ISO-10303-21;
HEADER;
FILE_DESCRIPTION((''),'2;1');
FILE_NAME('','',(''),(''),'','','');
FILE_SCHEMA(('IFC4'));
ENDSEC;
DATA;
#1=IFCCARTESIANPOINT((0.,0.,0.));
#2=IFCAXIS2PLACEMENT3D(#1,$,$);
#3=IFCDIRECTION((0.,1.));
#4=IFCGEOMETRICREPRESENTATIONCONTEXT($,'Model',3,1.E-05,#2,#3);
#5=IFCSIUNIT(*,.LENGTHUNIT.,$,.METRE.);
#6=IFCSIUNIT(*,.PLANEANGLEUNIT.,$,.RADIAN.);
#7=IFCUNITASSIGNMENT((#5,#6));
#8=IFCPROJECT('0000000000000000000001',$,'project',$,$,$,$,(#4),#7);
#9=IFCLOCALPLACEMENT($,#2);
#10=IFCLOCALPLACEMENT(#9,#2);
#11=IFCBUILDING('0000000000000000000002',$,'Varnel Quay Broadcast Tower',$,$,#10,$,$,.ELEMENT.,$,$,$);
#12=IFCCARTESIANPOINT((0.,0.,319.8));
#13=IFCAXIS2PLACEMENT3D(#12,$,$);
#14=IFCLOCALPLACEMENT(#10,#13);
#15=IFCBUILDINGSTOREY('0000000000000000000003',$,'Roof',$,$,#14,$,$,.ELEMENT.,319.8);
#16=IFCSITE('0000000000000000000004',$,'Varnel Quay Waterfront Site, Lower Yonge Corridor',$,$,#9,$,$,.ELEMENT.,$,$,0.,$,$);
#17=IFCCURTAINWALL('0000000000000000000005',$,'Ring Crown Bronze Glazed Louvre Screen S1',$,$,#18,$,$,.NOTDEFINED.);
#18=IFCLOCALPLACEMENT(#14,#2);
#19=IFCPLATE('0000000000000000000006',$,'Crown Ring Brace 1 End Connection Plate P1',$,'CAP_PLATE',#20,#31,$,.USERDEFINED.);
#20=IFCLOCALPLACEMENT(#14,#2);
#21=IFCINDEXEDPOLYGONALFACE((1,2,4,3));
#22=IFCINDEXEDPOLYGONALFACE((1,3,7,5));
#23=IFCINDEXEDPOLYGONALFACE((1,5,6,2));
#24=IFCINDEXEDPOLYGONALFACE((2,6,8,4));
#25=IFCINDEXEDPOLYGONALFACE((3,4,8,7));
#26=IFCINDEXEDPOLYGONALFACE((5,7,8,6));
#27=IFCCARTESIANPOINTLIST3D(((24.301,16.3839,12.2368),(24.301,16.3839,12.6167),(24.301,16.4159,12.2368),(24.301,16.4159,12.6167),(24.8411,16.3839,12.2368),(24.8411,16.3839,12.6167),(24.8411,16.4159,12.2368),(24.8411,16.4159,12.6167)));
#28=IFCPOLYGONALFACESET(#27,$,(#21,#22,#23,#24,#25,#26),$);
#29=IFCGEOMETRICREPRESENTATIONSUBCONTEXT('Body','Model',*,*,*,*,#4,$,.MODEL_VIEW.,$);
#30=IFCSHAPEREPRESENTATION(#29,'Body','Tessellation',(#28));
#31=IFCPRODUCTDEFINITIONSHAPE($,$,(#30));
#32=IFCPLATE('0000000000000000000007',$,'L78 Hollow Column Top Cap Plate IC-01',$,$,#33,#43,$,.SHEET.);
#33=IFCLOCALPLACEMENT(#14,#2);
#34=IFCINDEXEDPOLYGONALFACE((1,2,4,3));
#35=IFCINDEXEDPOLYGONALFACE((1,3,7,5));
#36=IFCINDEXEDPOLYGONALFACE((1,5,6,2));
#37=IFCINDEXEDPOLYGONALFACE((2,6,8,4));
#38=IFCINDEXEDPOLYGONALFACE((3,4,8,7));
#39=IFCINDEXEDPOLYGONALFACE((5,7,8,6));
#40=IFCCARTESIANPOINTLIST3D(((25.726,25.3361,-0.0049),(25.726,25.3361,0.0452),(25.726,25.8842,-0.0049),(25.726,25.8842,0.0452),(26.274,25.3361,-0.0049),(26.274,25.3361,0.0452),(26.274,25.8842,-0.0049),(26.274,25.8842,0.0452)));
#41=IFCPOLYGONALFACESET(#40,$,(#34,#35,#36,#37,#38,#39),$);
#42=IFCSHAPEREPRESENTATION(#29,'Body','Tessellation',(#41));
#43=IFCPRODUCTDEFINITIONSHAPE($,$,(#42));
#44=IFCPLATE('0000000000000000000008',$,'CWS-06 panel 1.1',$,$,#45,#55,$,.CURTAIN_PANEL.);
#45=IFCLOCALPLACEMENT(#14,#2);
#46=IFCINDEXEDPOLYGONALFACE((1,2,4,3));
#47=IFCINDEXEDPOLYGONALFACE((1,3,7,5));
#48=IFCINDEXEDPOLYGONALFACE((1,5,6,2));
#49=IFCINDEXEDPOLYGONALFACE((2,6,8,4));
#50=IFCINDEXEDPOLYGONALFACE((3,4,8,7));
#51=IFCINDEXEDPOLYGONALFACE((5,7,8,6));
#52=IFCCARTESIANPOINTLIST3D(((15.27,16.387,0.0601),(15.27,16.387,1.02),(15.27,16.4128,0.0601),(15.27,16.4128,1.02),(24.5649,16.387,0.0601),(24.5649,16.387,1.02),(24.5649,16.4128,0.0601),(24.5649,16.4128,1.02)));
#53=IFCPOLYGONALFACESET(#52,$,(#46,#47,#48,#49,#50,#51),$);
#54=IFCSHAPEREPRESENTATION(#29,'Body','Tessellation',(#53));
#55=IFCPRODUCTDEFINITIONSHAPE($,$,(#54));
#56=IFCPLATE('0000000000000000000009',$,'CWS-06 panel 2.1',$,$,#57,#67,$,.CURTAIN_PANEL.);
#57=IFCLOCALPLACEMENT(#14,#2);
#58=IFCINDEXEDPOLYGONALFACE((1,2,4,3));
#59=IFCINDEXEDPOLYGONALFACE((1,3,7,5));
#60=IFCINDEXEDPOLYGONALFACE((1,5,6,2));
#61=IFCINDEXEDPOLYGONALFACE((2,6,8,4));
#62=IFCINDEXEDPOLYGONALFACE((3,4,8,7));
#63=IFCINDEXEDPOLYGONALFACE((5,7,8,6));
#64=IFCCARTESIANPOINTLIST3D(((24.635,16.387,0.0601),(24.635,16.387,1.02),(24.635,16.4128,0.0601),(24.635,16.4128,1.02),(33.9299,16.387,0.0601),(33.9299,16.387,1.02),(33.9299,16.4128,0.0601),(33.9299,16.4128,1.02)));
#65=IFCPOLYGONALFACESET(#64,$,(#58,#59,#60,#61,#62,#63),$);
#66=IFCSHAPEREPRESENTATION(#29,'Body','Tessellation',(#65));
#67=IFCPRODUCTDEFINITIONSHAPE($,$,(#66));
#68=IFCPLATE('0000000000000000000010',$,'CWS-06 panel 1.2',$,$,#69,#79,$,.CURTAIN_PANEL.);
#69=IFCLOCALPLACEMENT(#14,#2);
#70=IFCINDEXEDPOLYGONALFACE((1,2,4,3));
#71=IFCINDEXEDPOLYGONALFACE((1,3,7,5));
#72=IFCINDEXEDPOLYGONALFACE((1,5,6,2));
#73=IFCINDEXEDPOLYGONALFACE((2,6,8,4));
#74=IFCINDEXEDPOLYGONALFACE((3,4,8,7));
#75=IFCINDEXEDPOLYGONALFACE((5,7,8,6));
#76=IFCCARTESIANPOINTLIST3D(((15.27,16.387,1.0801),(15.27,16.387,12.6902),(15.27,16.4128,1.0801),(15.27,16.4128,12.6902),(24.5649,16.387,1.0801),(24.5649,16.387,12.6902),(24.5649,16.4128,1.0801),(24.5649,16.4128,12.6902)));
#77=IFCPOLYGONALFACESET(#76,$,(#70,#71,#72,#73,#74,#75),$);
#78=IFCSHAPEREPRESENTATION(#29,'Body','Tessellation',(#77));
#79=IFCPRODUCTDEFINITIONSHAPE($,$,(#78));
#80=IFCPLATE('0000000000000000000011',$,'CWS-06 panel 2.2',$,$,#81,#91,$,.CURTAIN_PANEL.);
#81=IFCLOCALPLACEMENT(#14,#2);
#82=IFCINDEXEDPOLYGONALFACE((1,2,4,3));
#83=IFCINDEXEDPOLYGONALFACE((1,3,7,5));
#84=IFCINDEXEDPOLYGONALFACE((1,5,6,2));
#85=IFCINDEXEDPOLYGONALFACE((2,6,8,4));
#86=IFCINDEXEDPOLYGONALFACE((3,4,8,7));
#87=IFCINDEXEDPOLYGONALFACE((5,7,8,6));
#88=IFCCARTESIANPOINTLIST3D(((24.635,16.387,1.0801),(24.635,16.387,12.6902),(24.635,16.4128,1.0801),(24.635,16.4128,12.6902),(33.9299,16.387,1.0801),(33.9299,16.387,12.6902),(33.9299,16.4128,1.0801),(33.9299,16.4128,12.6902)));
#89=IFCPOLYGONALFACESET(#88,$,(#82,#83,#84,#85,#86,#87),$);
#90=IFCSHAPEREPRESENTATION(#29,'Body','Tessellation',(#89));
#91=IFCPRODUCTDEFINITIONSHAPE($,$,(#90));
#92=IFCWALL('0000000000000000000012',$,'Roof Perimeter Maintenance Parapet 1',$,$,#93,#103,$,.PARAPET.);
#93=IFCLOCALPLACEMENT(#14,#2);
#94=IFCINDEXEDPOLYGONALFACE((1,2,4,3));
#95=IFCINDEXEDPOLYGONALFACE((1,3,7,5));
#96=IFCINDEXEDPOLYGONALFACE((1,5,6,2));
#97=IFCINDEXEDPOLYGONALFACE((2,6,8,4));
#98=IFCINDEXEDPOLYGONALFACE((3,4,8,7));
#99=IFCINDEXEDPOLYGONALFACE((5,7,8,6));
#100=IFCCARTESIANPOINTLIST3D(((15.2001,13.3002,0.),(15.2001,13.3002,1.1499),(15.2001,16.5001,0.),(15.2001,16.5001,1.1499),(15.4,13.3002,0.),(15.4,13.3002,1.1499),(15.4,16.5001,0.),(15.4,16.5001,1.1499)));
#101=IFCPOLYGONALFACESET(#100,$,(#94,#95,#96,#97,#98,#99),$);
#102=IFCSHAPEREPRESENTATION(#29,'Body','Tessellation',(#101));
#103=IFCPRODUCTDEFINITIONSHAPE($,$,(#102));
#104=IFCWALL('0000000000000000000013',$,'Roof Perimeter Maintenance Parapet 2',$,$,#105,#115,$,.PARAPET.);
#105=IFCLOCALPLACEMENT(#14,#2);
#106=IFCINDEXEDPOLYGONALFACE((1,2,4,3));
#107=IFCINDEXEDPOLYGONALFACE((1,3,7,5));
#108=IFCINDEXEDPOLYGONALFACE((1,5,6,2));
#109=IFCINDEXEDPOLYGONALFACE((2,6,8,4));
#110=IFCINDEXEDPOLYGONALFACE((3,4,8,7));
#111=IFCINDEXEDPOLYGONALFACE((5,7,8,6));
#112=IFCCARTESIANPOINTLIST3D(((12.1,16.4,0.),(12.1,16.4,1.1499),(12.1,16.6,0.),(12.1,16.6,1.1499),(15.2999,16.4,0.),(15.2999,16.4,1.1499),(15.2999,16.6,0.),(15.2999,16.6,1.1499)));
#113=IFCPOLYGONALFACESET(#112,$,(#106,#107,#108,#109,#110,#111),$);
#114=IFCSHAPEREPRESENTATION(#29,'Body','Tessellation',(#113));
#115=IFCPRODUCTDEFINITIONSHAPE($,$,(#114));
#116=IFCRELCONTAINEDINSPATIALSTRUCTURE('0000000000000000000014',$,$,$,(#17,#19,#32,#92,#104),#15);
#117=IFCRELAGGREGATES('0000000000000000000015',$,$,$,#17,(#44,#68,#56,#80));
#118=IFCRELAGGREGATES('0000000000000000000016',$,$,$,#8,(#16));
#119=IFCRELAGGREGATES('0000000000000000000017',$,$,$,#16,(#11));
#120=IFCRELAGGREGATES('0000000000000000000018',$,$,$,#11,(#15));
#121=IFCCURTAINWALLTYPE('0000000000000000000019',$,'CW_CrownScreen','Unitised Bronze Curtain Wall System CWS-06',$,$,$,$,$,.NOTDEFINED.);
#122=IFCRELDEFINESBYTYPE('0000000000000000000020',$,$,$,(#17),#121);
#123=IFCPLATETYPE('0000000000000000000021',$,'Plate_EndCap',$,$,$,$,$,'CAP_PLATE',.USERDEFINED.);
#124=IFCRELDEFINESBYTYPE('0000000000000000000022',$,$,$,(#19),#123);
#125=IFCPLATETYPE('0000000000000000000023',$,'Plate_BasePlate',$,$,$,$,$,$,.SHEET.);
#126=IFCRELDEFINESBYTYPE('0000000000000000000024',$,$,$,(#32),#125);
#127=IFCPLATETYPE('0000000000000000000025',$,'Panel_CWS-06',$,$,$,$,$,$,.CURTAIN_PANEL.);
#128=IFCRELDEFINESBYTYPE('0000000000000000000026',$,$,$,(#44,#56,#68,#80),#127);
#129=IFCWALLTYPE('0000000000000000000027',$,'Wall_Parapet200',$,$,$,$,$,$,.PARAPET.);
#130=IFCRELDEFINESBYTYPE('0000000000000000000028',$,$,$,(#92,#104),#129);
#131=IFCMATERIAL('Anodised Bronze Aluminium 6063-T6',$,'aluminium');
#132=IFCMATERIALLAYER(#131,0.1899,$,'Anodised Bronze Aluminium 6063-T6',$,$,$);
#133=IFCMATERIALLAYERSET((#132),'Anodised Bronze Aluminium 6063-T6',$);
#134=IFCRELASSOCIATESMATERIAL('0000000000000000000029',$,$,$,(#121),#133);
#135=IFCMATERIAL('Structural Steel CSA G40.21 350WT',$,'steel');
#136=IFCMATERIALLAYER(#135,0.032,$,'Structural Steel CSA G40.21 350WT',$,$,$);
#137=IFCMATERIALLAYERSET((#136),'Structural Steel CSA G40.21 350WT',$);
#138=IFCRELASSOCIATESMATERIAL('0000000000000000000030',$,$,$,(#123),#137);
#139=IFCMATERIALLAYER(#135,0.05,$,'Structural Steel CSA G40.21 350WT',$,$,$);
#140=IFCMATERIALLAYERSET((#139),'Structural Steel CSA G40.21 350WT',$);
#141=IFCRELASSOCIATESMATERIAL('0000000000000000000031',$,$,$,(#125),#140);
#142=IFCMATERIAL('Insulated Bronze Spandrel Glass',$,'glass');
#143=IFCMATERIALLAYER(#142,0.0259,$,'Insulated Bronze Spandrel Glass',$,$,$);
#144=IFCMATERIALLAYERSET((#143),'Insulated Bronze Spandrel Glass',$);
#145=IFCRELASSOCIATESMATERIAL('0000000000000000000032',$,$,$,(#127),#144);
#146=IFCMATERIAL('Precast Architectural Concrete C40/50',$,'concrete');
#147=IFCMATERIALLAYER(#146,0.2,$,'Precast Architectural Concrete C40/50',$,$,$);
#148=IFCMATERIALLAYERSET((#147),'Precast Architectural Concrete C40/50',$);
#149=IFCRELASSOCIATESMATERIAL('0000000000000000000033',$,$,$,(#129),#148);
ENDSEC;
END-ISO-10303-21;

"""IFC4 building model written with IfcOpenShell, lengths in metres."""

from ifc_helpers import new_model, si_unit, direction, frame, frame_2d, origin, origin_2d, place, context, subcontext, project, spatial, rectangle, extrude, source, transform, mapped, material, layer, layer_set, type_object, type_shapes, element, aggregate, save


model = new_model("IFC4")

# Units and contexts
model_context = context("Model", 3, precision=1e-05, world=origin(), true_north=direction((0.0, 1.0)))
body_context = subcontext(model_context, "Body", "Model", "MODEL_VIEW")
ifc_project = project(units=[si_unit("LENGTHUNIT", "METRE"), si_unit("PLANEANGLEUNIT", "RADIAN")], contexts=[model_context])

# Site, building, storey
site_placement = place(None, origin())
site = spatial("IfcSite", under=ifc_project, at=site_placement, Name="Varnel Quay Waterfront Site, Lower Yonge Corridor", CompositionType="ELEMENT", RefElevation=0.0)
building_placement = place(site_placement, origin())
building = spatial("IfcBuilding", under=site, at=building_placement, Name="Varnel Quay Broadcast Tower", CompositionType="ELEMENT")
storey_placement = place(building_placement, frame((0.0, 0.0, 319.8)))
storey = spatial("IfcBuildingStorey", under=building, at=storey_placement, Name="Roof", CompositionType="ELEMENT", Elevation=319.8)

# Shared definitions
ifc_material_1 = material(Name="Structural Steel CSA G40.21 350WT", Category="steel")

# Curtain wall
ifc_material_2 = material(Name="Anodised Bronze Aluminium 6063-T6", Category="aluminium")
ifc_layer_1 = layer(ifc_material_2, 0.1899, Name="Anodised Bronze Aluminium 6063-T6")
ifc_layer_set_1 = layer_set([ifc_layer_1], Name="Anodised Bronze Aluminium 6063-T6")
curtain_wall_type = type_object("IfcCurtainWallType", Name="CW_CrownScreen", Description="Unitised Bronze Curtain Wall System CWS-06", PredefinedType="NOTDEFINED", material=ifc_layer_set_1)
curtain_wall_placement = place(storey_placement, origin())
curtain_wall = element("IfcCurtainWall", 1, at=curtain_wall_placement, inside=storey, type_object=curtain_wall_type, Name="Ring Crown Bronze Glazed Louvre Screen S1", PredefinedType="NOTDEFINED")

# Plates
ifc_layer_2 = layer(ifc_material_1, 0.032, Name="Structural Steel CSA G40.21 350WT")
ifc_layer_set_2 = layer_set([ifc_layer_2], Name="Structural Steel CSA G40.21 350WT")
plate_type_1 = type_object("IfcPlateType", Name="Plate_EndCap", ElementType="CAP_PLATE", PredefinedType="USERDEFINED", material=ifc_layer_set_2)
shared_shape_1 = source(origin(), body_context, "Body", "SweptSolid", [
    extrude(rectangle(XDim=0.54, YDim=0.032, at=origin_2d()), origin(), (0.0, 0.0, 1.0), 0.3799),
])
type_shapes(plate_type_1, [shared_shape_1])
for number, where, z_axis, x_axis, name in (
    (2, (24.571, 16.3999, 12.2368), (0.0, 0.0, 1.0), (1.0, 0.0, 0.0), "Crown Ring Brace 1 End Connection Plate P1"),
):
    element("IfcPlate", number, at=place(storey_placement, frame(where, z_axis=z_axis, x_axis=x_axis)), inside=storey, type_object=plate_type_1, Name=name, ObjectType="CAP_PLATE", PredefinedType="USERDEFINED", context=body_context, shape_type="MappedRepresentation", body=[
        mapped(shared_shape_1, transform((0.0, 0.0, 0.0), x_axis=(1.0, 0.0, 0.0), y_axis=(0.0, 1.0, 0.0), z_axis=(0.0, 0.0, 1.0), scale=1.0)),
    ])
ifc_layer_3 = layer(ifc_material_1, 0.05, Name="Structural Steel CSA G40.21 350WT")
ifc_layer_set_3 = layer_set([ifc_layer_3], Name="Structural Steel CSA G40.21 350WT")
plate_type_2 = type_object("IfcPlateType", Name="Plate_BasePlate", PredefinedType="SHEET", material=ifc_layer_set_3)
shared_shape_2 = source(origin(), body_context, "Body", "SweptSolid", [
    extrude(rectangle(XDim=0.5481, YDim=0.5481, at=origin_2d()), origin(), (0.0, 0.0, 1.0), 0.05),
])
type_shapes(plate_type_2, [shared_shape_2])
plate_1_placement = place(storey_placement, frame((26.0, 25.6101, -0.0049), z_axis=(0.0, 0.0, 1.0), x_axis=(1.0, 0.0, 0.0)))
element("IfcPlate", 3, at=plate_1_placement, inside=storey, type_object=plate_type_2, Name="L78 Hollow Column Top Cap Plate IC-01", PredefinedType="SHEET", context=body_context, shape_type="MappedRepresentation", body=[
    mapped(shared_shape_2, transform((0.0, 0.0, 0.0), x_axis=(1.0, 0.0, 0.0), y_axis=(0.0, 1.0, 0.0), z_axis=(0.0, 0.0, 1.0), scale=1.0)),
])

# Plates
ifc_material_3 = material(Name="Insulated Bronze Spandrel Glass", Category="glass")
ifc_layer_4 = layer(ifc_material_3, 0.0259, Name="Insulated Bronze Spandrel Glass")
ifc_layer_set_4 = layer_set([ifc_layer_4], Name="Insulated Bronze Spandrel Glass")
plate_type_3 = type_object("IfcPlateType", Name="Panel_CWS-06", PredefinedType="CURTAIN_PANEL", material=ifc_layer_set_4)
shared_shape_3 = source(origin(), body_context, "Body", "SweptSolid", [
    extrude(rectangle(XDim=9.2949, YDim=0.0259, at=origin_2d()), origin(), (0.0, 0.0, 1.0), 0.96),
])
plate_2_placement = place(storey_placement, frame((19.9175, 16.3999, 0.0601), z_axis=(0.0, 0.0, 1.0), x_axis=(1.0, 0.0, 0.0)))
plate_2 = element("IfcPlate", 4, at=plate_2_placement, type_object=plate_type_3, Name="CWS-06 panel 1.1", PredefinedType="CURTAIN_PANEL", context=body_context, shape_type="MappedRepresentation", body=[
    mapped(shared_shape_3, transform((0.0, 0.0, 0.0), x_axis=(1.0, 0.0, 0.0), y_axis=(0.0, 1.0, 0.0), z_axis=(0.0, 0.0, 1.0), scale=1.0)),
])
plate_3_placement = place(storey_placement, frame((29.2825, 16.3999, 0.0601), z_axis=(0.0, 0.0, 1.0), x_axis=(1.0, 0.0, 0.0)))
plate_3 = element("IfcPlate", 5, at=plate_3_placement, type_object=plate_type_3, Name="CWS-06 panel 2.1", PredefinedType="CURTAIN_PANEL", context=body_context, shape_type="MappedRepresentation", body=[
    mapped(shared_shape_3, transform((0.0, 0.0, 0.0), x_axis=(1.0, 0.0, 0.0), y_axis=(0.0, 1.0, 0.0), z_axis=(0.0, 0.0, 1.0), scale=1.0)),
])
shared_shape_4 = source(origin(), body_context, "Body", "SweptSolid", [
    extrude(rectangle(XDim=9.2949, YDim=0.0259, at=origin_2d()), origin(), (0.0, 0.0, 1.0), 11.6101),
])
type_shapes(plate_type_3, [shared_shape_3, shared_shape_4])
plate_4_placement = place(storey_placement, frame((19.9175, 16.3999, 1.0801), z_axis=(0.0, 0.0, 1.0), x_axis=(1.0, 0.0, 0.0)))
plate_4 = element("IfcPlate", 6, at=plate_4_placement, type_object=plate_type_3, Name="CWS-06 panel 1.2", PredefinedType="CURTAIN_PANEL", context=body_context, shape_type="MappedRepresentation", body=[
    mapped(shared_shape_4, transform((0.0, 0.0, 0.0), x_axis=(1.0, 0.0, 0.0), y_axis=(0.0, 1.0, 0.0), z_axis=(0.0, 0.0, 1.0), scale=1.0)),
])
plate_5_placement = place(storey_placement, frame((29.2825, 16.3999, 1.0801), z_axis=(0.0, 0.0, 1.0), x_axis=(1.0, 0.0, 0.0)))
plate_5 = element("IfcPlate", 7, at=plate_5_placement, type_object=plate_type_3, Name="CWS-06 panel 2.2", PredefinedType="CURTAIN_PANEL", context=body_context, shape_type="MappedRepresentation", body=[
    mapped(shared_shape_4, transform((0.0, 0.0, 0.0), x_axis=(1.0, 0.0, 0.0), y_axis=(0.0, 1.0, 0.0), z_axis=(0.0, 0.0, 1.0), scale=1.0)),
])
aggregate(curtain_wall, [plate_2, plate_4, plate_3, plate_5])

# Walls
ifc_material_4 = material(Name="Precast Architectural Concrete C40/50", Category="concrete")
ifc_layer_5 = layer(ifc_material_4, 0.2, Name="Precast Architectural Concrete C40/50")
ifc_layer_set_5 = layer_set([ifc_layer_5], Name="Precast Architectural Concrete C40/50")
wall_type = type_object("IfcWallType", Name="Wall_Parapet200", PredefinedType="PARAPET", material=ifc_layer_set_5)
for number, where, z_axis, x_axis, name in (
    (8, (15.3, 13.3, 0.0), (0.0, 0.0, 1.0), (0.0, 1.0, 0.0), "Roof Perimeter Maintenance Parapet 1"),
    (9, (15.3, 16.5, 0.0), (0.0, 0.0, 1.0), (-1.0, 0.0, 0.0), "Roof Perimeter Maintenance Parapet 2"),
):
    element("IfcWall", number, at=place(storey_placement, frame(where, z_axis=z_axis, x_axis=x_axis)), inside=storey, type_object=wall_type, Name=name, PredefinedType="PARAPET", context=body_context, shape_type="SweptSolid", body=[
        extrude(rectangle(XDim=3.2, YDim=0.2, at=frame_2d((1.6001, 0.0))), origin(), (0.0, 0.0, 1.0), 1.1499),
    ])

save(model, "model.ifc")
